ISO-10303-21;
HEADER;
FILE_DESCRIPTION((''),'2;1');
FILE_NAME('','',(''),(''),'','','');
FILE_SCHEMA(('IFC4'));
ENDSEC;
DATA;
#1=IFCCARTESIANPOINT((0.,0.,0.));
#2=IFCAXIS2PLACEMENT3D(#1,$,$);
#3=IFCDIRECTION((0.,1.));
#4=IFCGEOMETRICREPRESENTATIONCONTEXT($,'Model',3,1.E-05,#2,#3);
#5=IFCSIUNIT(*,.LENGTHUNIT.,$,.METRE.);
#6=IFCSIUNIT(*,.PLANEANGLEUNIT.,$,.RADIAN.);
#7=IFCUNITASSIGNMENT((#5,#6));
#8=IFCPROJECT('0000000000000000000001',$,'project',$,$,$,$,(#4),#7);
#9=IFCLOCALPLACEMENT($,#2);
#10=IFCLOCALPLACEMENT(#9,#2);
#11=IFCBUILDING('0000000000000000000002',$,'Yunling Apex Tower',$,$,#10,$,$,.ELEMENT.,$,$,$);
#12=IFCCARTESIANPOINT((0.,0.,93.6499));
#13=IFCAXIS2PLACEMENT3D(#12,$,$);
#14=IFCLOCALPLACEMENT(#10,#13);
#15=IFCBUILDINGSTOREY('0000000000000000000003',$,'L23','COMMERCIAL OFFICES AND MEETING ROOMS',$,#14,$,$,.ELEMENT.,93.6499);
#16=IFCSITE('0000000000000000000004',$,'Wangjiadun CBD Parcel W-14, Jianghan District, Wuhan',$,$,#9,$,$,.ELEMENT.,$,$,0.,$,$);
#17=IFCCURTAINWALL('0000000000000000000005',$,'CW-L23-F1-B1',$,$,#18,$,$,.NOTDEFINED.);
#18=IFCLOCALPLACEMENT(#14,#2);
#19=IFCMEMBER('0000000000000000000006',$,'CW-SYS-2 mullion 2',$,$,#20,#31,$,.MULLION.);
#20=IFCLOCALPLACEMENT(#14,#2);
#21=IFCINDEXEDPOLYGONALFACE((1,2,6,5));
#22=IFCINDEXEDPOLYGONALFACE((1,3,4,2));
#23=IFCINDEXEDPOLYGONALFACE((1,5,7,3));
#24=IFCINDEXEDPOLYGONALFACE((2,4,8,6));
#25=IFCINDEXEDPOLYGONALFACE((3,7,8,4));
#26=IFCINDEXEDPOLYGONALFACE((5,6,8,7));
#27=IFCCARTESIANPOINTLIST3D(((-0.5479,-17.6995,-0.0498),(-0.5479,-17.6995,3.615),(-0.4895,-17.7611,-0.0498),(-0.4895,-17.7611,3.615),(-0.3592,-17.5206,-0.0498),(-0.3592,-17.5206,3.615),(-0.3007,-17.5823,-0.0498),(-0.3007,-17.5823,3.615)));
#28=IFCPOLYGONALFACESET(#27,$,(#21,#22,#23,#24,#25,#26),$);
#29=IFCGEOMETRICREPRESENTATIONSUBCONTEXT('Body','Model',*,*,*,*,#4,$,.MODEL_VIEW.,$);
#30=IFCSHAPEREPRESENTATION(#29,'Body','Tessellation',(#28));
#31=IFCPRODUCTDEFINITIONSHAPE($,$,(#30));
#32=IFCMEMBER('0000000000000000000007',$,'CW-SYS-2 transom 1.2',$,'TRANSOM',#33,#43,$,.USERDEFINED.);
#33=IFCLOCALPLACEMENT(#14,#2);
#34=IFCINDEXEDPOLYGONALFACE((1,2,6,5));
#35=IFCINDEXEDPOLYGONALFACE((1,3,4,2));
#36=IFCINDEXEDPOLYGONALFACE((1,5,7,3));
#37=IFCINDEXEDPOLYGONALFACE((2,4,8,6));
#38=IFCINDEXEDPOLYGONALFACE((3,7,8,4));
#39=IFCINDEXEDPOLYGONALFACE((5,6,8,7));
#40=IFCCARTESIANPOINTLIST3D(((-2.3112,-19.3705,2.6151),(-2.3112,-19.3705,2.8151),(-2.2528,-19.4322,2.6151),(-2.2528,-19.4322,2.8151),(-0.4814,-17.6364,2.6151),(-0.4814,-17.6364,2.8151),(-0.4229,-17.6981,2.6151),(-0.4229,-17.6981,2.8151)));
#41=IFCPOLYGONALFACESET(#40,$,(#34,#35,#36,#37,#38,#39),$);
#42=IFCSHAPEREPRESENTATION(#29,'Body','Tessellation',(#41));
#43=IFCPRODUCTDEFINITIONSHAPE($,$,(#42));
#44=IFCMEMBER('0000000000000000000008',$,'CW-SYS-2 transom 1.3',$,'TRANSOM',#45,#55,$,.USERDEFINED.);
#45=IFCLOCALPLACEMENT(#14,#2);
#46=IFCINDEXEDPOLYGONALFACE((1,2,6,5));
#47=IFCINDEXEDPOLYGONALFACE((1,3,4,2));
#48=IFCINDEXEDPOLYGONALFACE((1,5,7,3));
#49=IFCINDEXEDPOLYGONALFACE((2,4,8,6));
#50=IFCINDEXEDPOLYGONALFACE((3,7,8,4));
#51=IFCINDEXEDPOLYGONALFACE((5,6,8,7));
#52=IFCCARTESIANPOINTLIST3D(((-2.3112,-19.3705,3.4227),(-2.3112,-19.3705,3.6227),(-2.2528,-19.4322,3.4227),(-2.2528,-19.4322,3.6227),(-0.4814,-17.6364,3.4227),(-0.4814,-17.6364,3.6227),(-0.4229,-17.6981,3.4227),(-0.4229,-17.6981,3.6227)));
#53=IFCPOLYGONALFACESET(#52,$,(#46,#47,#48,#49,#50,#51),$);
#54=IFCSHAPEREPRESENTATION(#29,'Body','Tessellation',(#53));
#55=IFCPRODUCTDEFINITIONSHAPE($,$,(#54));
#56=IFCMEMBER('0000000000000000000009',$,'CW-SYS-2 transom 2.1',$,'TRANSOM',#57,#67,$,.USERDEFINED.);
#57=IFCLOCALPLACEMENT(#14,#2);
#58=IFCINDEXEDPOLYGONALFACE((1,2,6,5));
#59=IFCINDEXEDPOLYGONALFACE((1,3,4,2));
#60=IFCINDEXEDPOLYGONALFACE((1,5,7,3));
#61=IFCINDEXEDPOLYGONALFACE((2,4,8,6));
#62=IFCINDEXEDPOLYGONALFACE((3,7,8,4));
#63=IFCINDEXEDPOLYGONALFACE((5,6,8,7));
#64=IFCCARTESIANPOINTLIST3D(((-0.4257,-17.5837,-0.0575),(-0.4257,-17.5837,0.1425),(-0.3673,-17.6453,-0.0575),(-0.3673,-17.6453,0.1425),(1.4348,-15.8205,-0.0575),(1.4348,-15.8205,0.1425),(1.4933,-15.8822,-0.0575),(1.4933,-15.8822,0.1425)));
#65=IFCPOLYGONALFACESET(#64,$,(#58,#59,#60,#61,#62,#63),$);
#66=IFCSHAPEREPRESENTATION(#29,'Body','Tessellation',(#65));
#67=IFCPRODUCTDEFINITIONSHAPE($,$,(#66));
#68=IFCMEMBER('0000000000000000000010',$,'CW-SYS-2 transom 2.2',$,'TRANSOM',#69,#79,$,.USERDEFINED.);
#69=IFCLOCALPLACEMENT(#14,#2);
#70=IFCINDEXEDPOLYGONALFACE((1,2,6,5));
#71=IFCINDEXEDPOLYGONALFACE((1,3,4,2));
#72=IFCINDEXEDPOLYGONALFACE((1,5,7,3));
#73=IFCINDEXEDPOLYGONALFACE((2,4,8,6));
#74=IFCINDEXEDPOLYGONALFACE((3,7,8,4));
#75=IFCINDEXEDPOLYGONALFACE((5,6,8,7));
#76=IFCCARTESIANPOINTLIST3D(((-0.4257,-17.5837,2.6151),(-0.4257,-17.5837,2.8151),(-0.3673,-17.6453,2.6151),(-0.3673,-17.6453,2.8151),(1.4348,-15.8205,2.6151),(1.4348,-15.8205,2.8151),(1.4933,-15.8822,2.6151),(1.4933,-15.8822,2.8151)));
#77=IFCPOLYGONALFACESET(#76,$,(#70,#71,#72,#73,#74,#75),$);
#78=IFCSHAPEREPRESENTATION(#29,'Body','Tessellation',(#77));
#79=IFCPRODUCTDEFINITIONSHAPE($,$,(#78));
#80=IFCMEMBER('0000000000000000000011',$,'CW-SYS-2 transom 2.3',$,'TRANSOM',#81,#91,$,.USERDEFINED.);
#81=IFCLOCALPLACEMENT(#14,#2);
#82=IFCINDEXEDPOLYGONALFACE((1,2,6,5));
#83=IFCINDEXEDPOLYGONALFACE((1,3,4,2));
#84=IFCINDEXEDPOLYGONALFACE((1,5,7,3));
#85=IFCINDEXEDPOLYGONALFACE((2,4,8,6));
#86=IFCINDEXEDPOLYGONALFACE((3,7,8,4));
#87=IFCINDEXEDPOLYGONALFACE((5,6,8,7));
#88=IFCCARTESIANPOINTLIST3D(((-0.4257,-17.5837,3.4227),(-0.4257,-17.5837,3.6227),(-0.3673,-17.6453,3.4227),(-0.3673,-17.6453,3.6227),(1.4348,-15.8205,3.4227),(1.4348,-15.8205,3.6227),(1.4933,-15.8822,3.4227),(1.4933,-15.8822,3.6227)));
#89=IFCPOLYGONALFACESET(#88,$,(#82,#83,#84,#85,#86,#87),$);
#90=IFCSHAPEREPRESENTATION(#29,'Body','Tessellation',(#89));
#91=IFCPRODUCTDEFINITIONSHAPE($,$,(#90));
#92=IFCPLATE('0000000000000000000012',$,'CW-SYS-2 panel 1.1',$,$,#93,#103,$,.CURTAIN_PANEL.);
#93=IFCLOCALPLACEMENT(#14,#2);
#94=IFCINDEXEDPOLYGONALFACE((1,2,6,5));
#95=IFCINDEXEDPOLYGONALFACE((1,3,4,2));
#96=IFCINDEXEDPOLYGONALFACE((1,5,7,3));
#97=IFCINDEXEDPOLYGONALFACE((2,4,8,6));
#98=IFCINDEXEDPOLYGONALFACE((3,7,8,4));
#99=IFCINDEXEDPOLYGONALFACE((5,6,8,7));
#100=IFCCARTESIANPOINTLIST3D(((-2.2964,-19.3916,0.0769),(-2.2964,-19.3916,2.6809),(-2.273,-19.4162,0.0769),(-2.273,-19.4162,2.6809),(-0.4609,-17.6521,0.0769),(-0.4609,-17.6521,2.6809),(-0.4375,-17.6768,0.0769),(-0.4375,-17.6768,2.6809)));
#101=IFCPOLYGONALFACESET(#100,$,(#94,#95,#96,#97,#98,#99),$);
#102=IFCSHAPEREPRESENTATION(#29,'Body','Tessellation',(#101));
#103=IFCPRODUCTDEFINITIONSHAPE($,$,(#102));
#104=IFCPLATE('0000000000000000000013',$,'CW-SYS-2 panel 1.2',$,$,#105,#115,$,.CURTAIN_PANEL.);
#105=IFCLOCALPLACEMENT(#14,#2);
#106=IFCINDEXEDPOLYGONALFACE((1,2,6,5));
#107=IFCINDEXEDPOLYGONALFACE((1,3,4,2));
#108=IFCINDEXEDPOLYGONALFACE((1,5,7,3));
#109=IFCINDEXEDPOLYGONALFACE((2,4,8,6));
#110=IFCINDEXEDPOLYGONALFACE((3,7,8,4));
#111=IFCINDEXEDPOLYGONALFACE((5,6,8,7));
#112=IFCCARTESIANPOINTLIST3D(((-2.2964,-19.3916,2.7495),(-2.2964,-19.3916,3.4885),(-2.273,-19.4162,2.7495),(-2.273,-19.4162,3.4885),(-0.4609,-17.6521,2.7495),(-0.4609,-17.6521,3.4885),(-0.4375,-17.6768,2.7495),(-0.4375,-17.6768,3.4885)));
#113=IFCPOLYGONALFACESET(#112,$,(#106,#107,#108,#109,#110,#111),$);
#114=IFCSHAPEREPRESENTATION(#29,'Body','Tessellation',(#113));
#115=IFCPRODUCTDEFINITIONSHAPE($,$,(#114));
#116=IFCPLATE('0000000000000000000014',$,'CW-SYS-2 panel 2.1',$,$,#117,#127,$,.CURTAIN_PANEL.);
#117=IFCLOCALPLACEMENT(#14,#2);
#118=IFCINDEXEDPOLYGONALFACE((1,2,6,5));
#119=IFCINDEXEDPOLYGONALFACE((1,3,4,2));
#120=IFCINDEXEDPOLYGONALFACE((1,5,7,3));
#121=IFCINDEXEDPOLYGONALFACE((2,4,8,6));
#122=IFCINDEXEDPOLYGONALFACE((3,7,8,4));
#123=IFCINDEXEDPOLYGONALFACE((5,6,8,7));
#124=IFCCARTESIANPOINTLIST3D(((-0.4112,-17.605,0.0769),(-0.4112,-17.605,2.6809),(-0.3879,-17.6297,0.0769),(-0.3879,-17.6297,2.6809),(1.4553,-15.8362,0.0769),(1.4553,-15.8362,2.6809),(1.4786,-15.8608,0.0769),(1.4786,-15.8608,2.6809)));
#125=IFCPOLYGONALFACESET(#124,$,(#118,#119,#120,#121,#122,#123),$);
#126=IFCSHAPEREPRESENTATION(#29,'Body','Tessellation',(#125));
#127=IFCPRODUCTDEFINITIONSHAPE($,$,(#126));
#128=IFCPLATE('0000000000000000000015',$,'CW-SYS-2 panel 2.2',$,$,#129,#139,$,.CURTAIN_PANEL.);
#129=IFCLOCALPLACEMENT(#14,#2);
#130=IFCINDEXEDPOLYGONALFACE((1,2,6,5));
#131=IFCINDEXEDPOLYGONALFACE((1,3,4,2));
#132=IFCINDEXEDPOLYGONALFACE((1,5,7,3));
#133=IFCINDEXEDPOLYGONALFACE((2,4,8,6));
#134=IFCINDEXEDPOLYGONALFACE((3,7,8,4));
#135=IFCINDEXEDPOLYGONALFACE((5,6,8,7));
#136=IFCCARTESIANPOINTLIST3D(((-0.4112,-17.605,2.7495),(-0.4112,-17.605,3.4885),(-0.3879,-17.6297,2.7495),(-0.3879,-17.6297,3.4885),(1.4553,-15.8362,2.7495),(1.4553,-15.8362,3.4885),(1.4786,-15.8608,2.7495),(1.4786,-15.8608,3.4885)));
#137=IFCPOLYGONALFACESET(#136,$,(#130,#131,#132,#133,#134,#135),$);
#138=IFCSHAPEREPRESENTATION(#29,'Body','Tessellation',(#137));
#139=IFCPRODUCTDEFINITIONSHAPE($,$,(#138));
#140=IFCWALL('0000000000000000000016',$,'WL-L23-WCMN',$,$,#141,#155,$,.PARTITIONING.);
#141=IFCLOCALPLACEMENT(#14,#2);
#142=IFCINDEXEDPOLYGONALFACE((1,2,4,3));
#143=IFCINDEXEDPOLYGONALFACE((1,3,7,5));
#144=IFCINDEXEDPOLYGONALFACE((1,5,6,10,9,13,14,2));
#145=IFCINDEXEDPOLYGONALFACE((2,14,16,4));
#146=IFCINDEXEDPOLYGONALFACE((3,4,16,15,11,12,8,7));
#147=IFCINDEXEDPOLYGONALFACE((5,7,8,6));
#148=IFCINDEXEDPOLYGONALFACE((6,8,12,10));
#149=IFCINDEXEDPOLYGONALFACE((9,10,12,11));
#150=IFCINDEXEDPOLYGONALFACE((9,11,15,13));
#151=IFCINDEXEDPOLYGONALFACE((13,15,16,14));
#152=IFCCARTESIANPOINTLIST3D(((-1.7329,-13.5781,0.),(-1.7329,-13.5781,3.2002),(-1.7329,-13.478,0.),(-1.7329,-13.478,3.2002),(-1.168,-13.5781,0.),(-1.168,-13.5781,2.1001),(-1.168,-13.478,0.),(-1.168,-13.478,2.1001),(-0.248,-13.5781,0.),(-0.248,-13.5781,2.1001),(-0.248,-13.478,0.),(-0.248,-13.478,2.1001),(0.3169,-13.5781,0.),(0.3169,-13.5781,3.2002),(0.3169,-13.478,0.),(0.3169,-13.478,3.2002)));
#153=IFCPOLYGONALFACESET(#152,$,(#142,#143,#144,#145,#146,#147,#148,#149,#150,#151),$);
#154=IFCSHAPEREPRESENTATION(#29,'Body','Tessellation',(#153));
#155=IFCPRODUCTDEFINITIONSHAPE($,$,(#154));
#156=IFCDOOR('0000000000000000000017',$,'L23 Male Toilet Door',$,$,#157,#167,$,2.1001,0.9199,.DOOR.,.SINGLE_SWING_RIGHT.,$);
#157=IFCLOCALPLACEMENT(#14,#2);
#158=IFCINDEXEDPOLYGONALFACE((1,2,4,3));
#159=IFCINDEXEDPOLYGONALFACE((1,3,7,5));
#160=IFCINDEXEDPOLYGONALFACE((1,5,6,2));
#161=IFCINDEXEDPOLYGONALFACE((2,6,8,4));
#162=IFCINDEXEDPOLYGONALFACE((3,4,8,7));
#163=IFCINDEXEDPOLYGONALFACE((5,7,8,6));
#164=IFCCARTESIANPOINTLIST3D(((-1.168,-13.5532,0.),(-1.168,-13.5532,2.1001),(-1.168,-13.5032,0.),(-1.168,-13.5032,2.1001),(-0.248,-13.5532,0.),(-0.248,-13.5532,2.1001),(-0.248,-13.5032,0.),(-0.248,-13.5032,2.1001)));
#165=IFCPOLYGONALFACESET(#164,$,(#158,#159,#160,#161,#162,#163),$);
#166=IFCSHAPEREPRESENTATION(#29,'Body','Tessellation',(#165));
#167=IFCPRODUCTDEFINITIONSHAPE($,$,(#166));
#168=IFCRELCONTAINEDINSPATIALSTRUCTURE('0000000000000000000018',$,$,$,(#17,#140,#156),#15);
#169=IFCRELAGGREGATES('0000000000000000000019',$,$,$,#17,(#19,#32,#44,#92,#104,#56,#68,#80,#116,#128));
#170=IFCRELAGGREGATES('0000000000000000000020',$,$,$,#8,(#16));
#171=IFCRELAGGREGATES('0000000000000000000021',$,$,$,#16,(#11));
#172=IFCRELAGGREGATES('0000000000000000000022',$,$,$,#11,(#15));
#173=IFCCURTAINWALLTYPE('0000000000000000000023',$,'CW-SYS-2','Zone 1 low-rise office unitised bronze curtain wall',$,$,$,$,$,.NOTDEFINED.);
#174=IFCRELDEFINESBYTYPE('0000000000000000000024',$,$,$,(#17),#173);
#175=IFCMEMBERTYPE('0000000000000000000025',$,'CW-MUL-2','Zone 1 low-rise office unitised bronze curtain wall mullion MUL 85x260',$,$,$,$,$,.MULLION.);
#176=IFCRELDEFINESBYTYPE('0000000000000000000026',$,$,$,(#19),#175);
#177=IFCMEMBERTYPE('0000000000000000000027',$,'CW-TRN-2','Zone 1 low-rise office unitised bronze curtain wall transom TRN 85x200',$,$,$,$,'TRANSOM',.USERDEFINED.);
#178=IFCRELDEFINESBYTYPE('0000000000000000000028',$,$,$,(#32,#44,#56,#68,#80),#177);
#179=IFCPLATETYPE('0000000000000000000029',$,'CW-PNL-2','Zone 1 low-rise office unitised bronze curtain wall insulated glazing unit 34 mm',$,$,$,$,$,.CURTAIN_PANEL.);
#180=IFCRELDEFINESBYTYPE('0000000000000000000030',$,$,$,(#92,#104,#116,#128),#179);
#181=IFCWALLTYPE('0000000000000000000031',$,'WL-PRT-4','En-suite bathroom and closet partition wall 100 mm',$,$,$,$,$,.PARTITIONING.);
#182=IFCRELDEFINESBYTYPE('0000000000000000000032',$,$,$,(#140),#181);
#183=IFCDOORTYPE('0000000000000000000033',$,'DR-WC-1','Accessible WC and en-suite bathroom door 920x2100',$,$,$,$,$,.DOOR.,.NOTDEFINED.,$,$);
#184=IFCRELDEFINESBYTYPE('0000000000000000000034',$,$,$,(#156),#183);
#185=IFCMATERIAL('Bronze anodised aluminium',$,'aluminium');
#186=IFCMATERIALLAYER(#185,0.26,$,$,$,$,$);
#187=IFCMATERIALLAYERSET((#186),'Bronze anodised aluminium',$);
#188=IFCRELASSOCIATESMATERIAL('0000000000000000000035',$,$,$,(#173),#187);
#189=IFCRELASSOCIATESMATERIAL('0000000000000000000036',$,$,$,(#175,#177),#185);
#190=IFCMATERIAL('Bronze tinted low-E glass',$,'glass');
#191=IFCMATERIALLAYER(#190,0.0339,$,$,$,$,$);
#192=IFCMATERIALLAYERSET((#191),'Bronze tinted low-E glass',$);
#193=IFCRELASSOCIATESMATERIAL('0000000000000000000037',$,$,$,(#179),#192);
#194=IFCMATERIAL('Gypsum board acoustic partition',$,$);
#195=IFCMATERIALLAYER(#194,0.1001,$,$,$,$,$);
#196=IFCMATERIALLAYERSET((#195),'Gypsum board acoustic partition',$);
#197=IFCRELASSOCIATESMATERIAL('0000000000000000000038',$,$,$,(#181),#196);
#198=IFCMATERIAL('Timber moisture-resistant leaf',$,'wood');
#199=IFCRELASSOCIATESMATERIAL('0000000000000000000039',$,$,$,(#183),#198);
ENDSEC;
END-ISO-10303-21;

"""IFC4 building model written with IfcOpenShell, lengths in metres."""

from ifc_helpers import new_model, si_unit, direction, frame, frame_2d, origin, origin_2d, place, context, subcontext, project, spatial, rectangle, extrude, source, transform, mapped, material, layer, layer_set, material_profile, profile_set, type_object, element, fill, aggregate, save


model = new_model("IFC4")

# Units and contexts
model_context = context("Model", 3, precision=1e-05, world=origin(), true_north=direction((0.0, 1.0)))
body_context = subcontext(model_context, "Body", "Model", "MODEL_VIEW")
ifc_project = project(units=[si_unit("LENGTHUNIT", "METRE"), si_unit("PLANEANGLEUNIT", "RADIAN")], contexts=[model_context])

# Site, building, storey
site_placement = place(None, origin())
site = spatial("IfcSite", under=ifc_project, at=site_placement, Name="Wangjiadun CBD Parcel W-14, Jianghan District, Wuhan", CompositionType="ELEMENT", RefElevation=0.0)
building_placement = place(site_placement, origin())
building = spatial("IfcBuilding", under=site, at=building_placement, Name="Yunling Apex Tower", CompositionType="ELEMENT")
storey_placement = place(building_placement, frame((0.0, 0.0, 93.6499)))
storey = spatial("IfcBuildingStorey", under=building, at=storey_placement, Name="L23", Description="COMMERCIAL OFFICES AND MEETING ROOMS", CompositionType="ELEMENT", Elevation=93.6499)

# Curtain wall, members, plates
ifc_material_1 = material(Name="Bronze anodised aluminium", Category="aluminium")
ifc_layer_1 = layer(ifc_material_1, 0.26)
ifc_layer_set_1 = layer_set([ifc_layer_1], Name="Bronze anodised aluminium")
curtain_wall_type = type_object("IfcCurtainWallType", Name="CW-SYS-2", Description="Zone 1 low-rise office unitised bronze curtain wall", PredefinedType="NOTDEFINED", material=ifc_layer_set_1)
curtain_wall_placement = place(storey_placement, origin())
curtain_wall = element("IfcCurtainWall", 1, at=curtain_wall_placement, inside=storey, type_object=curtain_wall_type, Name="CW-L23-F1-B1", PredefinedType="NOTDEFINED")
ifc_material_profile_1 = material_profile(ifc_material_1, rectangle(XDim=0.085, YDim=0.26, at=origin_2d()))
ifc_profile_set_1 = profile_set([ifc_material_profile_1], Name="Bronze anodised aluminium")
member_type_1 = type_object("IfcMemberType", Name="CW-MUL-2", Description="Zone 1 low-rise office unitised bronze curtain wall mullion MUL 85x260", PredefinedType="MULLION", material=ifc_profile_set_1)
shared_shape_1 = source(origin(), body_context, "Body", "SweptSolid", [
    extrude(rectangle(XDim=0.085, YDim=0.26, at=origin_2d()), origin(), (0.0, 0.0, 1.0), 3.6648),
])
member_1_placement = place(storey_placement, frame((-0.4243, -17.6409, -0.0498), z_axis=(0.0, 0.0, 1.0), x_axis=(-0.687861, 0.725842, 0.0)))
member_1 = element("IfcMember", 2, at=member_1_placement, type_object=member_type_1, Name="CW-SYS-2 mullion 2", PredefinedType="MULLION", context=body_context, shape_type="MappedRepresentation", body=[
    mapped(shared_shape_1, transform((0.0, 0.0, 0.0), scale=1.0)),
])
ifc_material_profile_2 = material_profile(ifc_material_1, rectangle(XDim=0.085, YDim=0.2, at=origin_2d()))
ifc_profile_set_2 = profile_set([ifc_material_profile_2], Name="Bronze anodised aluminium")
member_type_2 = type_object("IfcMemberType", Name="CW-TRN-2", Description="Zone 1 low-rise office unitised bronze curtain wall transom TRN 85x200", ElementType="TRANSOM", PredefinedType="USERDEFINED", material=ifc_profile_set_2)
shared_shape_2 = source(origin(), body_context, "Body", "SweptSolid", [
    extrude(rectangle(XDim=0.085, YDim=0.2, at=origin_2d()), origin(), (0.0, 0.0, 1.0), 2.521),
])
member_2_placement = place(storey_placement, frame((-2.282, -19.4014, 2.7151), z_axis=(0.725833, 0.687871, 0.0), x_axis=(-0.687871, 0.725833, 0.0)))
member_2 = element("IfcMember", 3, at=member_2_placement, type_object=member_type_2, Name="CW-SYS-2 transom 1.2", ObjectType="TRANSOM", PredefinedType="USERDEFINED", context=body_context, shape_type="MappedRepresentation", body=[
    mapped(shared_shape_2, transform((0.0, 0.0, 0.0), scale=1.0)),
])
member_3_placement = place(storey_placement, frame((-2.282, -19.4014, 3.5227), z_axis=(0.725833, 0.687871, 0.0), x_axis=(-0.687871, 0.725833, 0.0)))
member_3 = element("IfcMember", 4, at=member_3_placement, type_object=member_type_2, Name="CW-SYS-2 transom 1.3", ObjectType="TRANSOM", PredefinedType="USERDEFINED", context=body_context, shape_type="MappedRepresentation", body=[
    mapped(shared_shape_2, transform((0.0, 0.0, 0.0), scale=1.0)),
])
shared_shape_3 = source(origin(), body_context, "Body", "SweptSolid", [
    extrude(rectangle(XDim=0.085, YDim=0.2, at=origin_2d()), origin(), (0.0, 0.0, 1.0), 2.5632),
])
member_4_placement = place(storey_placement, frame((-0.3965, -17.6145, 0.0425), z_axis=(0.725853, 0.68785, 0.0), x_axis=(-0.68785, 0.725853, 0.0)))
member_4 = element("IfcMember", 5, at=member_4_placement, type_object=member_type_2, Name="CW-SYS-2 transom 2.1", ObjectType="TRANSOM", PredefinedType="USERDEFINED", context=body_context, shape_type="MappedRepresentation", body=[
    mapped(shared_shape_3, transform((0.0, 0.0, 0.0), scale=1.0)),
])
member_5_placement = place(storey_placement, frame((-0.3965, -17.6145, 2.7151), z_axis=(0.725853, 0.68785, 0.0), x_axis=(-0.68785, 0.725853, 0.0)))
member_5 = element("IfcMember", 6, at=member_5_placement, type_object=member_type_2, Name="CW-SYS-2 transom 2.2", ObjectType="TRANSOM", PredefinedType="USERDEFINED", context=body_context, shape_type="MappedRepresentation", body=[
    mapped(shared_shape_3, transform((0.0, 0.0, 0.0), scale=1.0)),
])
member_6_placement = place(storey_placement, frame((-0.3965, -17.6145, 3.5227), z_axis=(0.725853, 0.68785, 0.0), x_axis=(-0.68785, 0.725853, 0.0)))
member_6 = element("IfcMember", 7, at=member_6_placement, type_object=member_type_2, Name="CW-SYS-2 transom 2.3", ObjectType="TRANSOM", PredefinedType="USERDEFINED", context=body_context, shape_type="MappedRepresentation", body=[
    mapped(shared_shape_3, transform((0.0, 0.0, 0.0), scale=1.0)),
])
ifc_material_2 = material(Name="Bronze tinted low-E glass", Category="glass")
ifc_layer_2 = layer(ifc_material_2, 0.0339)
ifc_layer_set_2 = layer_set([ifc_layer_2], Name="Bronze tinted low-E glass")
plate_type = type_object("IfcPlateType", Name="CW-PNL-2", Description="Zone 1 low-rise office unitised bronze curtain wall insulated glazing unit 34 mm", PredefinedType="CURTAIN_PANEL", material=ifc_layer_set_2)
shared_shape_4 = source(origin(), body_context, "Body", "SweptSolid", [
    extrude(rectangle(XDim=2.5288, YDim=0.0339, at=origin_2d()), origin(), (0.0, 0.0, 1.0), 2.604),
])
plate_1_placement = place(storey_placement, frame((-1.3669, -18.5342, 0.0769), z_axis=(0.0, 0.0, 1.0), x_axis=(0.725842, 0.687861, 0.0)))
plate_1 = element("IfcPlate", 8, at=plate_1_placement, type_object=plate_type, Name="CW-SYS-2 panel 1.1", PredefinedType="CURTAIN_PANEL", context=body_context, shape_type="MappedRepresentation", body=[
    mapped(shared_shape_4, transform((0.0, 0.0, 0.0), scale=1.0)),
])
shared_shape_5 = source(origin(), body_context, "Body", "SweptSolid", [
    extrude(rectangle(XDim=2.5288, YDim=0.0339, at=origin_2d()), origin(), (0.0, 0.0, 1.0), 0.739),
])
plate_2_placement = place(storey_placement, frame((-1.3669, -18.5342, 2.7495), z_axis=(0.0, 0.0, 1.0), x_axis=(0.725842, 0.687861, 0.0)))
plate_2 = element("IfcPlate", 9, at=plate_2_placement, type_object=plate_type, Name="CW-SYS-2 panel 1.2", PredefinedType="CURTAIN_PANEL", context=body_context, shape_type="MappedRepresentation", body=[
    mapped(shared_shape_5, transform((0.0, 0.0, 0.0), scale=1.0)),
])
shared_shape_6 = source(origin(), body_context, "Body", "SweptSolid", [
    extrude(rectangle(XDim=2.5715, YDim=0.0339, at=origin_2d()), origin(), (0.0, 0.0, 1.0), 2.604),
])
plate_3_placement = place(storey_placement, frame((0.5337, -16.7329, 0.0769), z_axis=(0.0, 0.0, 1.0), x_axis=(0.725842, 0.687861, 0.0)))
plate_3 = element("IfcPlate", 10, at=plate_3_placement, type_object=plate_type, Name="CW-SYS-2 panel 2.1", PredefinedType="CURTAIN_PANEL", context=body_context, shape_type="MappedRepresentation", body=[
    mapped(shared_shape_6, transform((0.0, 0.0, 0.0), scale=1.0)),
])
shared_shape_7 = source(origin(), body_context, "Body", "SweptSolid", [
    extrude(rectangle(XDim=2.5715, YDim=0.0339, at=origin_2d()), origin(), (0.0, 0.0, 1.0), 0.739),
])
plate_4_placement = place(storey_placement, frame((0.5337, -16.7329, 2.7495), z_axis=(0.0, 0.0, 1.0), x_axis=(0.725842, 0.687861, 0.0)))
plate_4 = element("IfcPlate", 11, at=plate_4_placement, type_object=plate_type, Name="CW-SYS-2 panel 2.2", PredefinedType="CURTAIN_PANEL", context=body_context, shape_type="MappedRepresentation", body=[
    mapped(shared_shape_7, transform((0.0, 0.0, 0.0), scale=1.0)),
])
aggregate(curtain_wall, [member_1, member_2, member_3, plate_1, plate_2, member_4, member_5, member_6, plate_3, plate_4])

# Wall, opening, door
ifc_material_3 = material(Name="Gypsum board acoustic partition")
ifc_layer_3 = layer(ifc_material_3, 0.1001)
ifc_layer_set_3 = layer_set([ifc_layer_3], Name="Gypsum board acoustic partition")
wall_type = type_object("IfcWallType", Name="WL-PRT-4", Description="En-suite bathroom and closet partition wall 100 mm", PredefinedType="PARTITIONING", material=ifc_layer_set_3)
wall_1_placement = place(storey_placement, frame((-1.7329, -13.5281, 0.0), z_axis=(0.0, 0.0, 1.0), x_axis=(1.0, 0.0, 0.0)))
wall_1 = element("IfcWall", 12, at=wall_1_placement, inside=storey, type_object=wall_type, Name="WL-L23-WCMN", PredefinedType="PARTITIONING", context=body_context, shape_type="SweptSolid", body=[
    extrude(rectangle(XDim=2.0498, YDim=0.1001, at=frame_2d((1.0249, 0.0))), origin(), (0.0, 0.0, 1.0), 3.2002),
])
opening_1_placement = place(wall_1_placement, frame((0.5649, 0.0, 0.0)))
opening_1 = element("IfcOpeningElement", 13, at=opening_1_placement, cuts=wall_1, PredefinedType="OPENING", context=body_context, shape_type="SweptSolid", body=[
    extrude(rectangle(XDim=0.9199, YDim=2.1001, at=frame_2d((0.46, 1.05))), frame((0.0, 0.0601, 0.0), z_axis=(0.0, -1.0, 0.0), x_axis=(1.0, 0.0, 0.0)), (0.0, 0.0, 1.0), 0.1201),
])
ifc_material_4 = material(Name="Timber moisture-resistant leaf", Category="wood")
door_type = type_object("IfcDoorType", Name="DR-WC-1", Description="Accessible WC and en-suite bathroom door 920x2100", OperationType="NOTDEFINED", PredefinedType="DOOR", material=ifc_material_4)
door_1_placement = place(opening_1_placement, origin())
door_1 = element("IfcDoor", 14, at=door_1_placement, inside=storey, type_object=door_type, Name="L23 Male Toilet Door", OperationType="SINGLE_SWING_RIGHT", OverallHeight=2.1001, OverallWidth=0.9199, PredefinedType="DOOR", context=body_context, shape_type="SweptSolid", body=[
    extrude(rectangle(XDim=0.9199, YDim=2.1001, at=frame_2d((0.46, 1.05))), frame((0.0, 0.0249, 0.0), z_axis=(0.0, -1.0, 0.0), x_axis=(1.0, 0.0, 0.0)), (0.0, 0.0, 1.0), 0.05),
])
fill(opening_1, door_1)

save(model, "model.ifc")
